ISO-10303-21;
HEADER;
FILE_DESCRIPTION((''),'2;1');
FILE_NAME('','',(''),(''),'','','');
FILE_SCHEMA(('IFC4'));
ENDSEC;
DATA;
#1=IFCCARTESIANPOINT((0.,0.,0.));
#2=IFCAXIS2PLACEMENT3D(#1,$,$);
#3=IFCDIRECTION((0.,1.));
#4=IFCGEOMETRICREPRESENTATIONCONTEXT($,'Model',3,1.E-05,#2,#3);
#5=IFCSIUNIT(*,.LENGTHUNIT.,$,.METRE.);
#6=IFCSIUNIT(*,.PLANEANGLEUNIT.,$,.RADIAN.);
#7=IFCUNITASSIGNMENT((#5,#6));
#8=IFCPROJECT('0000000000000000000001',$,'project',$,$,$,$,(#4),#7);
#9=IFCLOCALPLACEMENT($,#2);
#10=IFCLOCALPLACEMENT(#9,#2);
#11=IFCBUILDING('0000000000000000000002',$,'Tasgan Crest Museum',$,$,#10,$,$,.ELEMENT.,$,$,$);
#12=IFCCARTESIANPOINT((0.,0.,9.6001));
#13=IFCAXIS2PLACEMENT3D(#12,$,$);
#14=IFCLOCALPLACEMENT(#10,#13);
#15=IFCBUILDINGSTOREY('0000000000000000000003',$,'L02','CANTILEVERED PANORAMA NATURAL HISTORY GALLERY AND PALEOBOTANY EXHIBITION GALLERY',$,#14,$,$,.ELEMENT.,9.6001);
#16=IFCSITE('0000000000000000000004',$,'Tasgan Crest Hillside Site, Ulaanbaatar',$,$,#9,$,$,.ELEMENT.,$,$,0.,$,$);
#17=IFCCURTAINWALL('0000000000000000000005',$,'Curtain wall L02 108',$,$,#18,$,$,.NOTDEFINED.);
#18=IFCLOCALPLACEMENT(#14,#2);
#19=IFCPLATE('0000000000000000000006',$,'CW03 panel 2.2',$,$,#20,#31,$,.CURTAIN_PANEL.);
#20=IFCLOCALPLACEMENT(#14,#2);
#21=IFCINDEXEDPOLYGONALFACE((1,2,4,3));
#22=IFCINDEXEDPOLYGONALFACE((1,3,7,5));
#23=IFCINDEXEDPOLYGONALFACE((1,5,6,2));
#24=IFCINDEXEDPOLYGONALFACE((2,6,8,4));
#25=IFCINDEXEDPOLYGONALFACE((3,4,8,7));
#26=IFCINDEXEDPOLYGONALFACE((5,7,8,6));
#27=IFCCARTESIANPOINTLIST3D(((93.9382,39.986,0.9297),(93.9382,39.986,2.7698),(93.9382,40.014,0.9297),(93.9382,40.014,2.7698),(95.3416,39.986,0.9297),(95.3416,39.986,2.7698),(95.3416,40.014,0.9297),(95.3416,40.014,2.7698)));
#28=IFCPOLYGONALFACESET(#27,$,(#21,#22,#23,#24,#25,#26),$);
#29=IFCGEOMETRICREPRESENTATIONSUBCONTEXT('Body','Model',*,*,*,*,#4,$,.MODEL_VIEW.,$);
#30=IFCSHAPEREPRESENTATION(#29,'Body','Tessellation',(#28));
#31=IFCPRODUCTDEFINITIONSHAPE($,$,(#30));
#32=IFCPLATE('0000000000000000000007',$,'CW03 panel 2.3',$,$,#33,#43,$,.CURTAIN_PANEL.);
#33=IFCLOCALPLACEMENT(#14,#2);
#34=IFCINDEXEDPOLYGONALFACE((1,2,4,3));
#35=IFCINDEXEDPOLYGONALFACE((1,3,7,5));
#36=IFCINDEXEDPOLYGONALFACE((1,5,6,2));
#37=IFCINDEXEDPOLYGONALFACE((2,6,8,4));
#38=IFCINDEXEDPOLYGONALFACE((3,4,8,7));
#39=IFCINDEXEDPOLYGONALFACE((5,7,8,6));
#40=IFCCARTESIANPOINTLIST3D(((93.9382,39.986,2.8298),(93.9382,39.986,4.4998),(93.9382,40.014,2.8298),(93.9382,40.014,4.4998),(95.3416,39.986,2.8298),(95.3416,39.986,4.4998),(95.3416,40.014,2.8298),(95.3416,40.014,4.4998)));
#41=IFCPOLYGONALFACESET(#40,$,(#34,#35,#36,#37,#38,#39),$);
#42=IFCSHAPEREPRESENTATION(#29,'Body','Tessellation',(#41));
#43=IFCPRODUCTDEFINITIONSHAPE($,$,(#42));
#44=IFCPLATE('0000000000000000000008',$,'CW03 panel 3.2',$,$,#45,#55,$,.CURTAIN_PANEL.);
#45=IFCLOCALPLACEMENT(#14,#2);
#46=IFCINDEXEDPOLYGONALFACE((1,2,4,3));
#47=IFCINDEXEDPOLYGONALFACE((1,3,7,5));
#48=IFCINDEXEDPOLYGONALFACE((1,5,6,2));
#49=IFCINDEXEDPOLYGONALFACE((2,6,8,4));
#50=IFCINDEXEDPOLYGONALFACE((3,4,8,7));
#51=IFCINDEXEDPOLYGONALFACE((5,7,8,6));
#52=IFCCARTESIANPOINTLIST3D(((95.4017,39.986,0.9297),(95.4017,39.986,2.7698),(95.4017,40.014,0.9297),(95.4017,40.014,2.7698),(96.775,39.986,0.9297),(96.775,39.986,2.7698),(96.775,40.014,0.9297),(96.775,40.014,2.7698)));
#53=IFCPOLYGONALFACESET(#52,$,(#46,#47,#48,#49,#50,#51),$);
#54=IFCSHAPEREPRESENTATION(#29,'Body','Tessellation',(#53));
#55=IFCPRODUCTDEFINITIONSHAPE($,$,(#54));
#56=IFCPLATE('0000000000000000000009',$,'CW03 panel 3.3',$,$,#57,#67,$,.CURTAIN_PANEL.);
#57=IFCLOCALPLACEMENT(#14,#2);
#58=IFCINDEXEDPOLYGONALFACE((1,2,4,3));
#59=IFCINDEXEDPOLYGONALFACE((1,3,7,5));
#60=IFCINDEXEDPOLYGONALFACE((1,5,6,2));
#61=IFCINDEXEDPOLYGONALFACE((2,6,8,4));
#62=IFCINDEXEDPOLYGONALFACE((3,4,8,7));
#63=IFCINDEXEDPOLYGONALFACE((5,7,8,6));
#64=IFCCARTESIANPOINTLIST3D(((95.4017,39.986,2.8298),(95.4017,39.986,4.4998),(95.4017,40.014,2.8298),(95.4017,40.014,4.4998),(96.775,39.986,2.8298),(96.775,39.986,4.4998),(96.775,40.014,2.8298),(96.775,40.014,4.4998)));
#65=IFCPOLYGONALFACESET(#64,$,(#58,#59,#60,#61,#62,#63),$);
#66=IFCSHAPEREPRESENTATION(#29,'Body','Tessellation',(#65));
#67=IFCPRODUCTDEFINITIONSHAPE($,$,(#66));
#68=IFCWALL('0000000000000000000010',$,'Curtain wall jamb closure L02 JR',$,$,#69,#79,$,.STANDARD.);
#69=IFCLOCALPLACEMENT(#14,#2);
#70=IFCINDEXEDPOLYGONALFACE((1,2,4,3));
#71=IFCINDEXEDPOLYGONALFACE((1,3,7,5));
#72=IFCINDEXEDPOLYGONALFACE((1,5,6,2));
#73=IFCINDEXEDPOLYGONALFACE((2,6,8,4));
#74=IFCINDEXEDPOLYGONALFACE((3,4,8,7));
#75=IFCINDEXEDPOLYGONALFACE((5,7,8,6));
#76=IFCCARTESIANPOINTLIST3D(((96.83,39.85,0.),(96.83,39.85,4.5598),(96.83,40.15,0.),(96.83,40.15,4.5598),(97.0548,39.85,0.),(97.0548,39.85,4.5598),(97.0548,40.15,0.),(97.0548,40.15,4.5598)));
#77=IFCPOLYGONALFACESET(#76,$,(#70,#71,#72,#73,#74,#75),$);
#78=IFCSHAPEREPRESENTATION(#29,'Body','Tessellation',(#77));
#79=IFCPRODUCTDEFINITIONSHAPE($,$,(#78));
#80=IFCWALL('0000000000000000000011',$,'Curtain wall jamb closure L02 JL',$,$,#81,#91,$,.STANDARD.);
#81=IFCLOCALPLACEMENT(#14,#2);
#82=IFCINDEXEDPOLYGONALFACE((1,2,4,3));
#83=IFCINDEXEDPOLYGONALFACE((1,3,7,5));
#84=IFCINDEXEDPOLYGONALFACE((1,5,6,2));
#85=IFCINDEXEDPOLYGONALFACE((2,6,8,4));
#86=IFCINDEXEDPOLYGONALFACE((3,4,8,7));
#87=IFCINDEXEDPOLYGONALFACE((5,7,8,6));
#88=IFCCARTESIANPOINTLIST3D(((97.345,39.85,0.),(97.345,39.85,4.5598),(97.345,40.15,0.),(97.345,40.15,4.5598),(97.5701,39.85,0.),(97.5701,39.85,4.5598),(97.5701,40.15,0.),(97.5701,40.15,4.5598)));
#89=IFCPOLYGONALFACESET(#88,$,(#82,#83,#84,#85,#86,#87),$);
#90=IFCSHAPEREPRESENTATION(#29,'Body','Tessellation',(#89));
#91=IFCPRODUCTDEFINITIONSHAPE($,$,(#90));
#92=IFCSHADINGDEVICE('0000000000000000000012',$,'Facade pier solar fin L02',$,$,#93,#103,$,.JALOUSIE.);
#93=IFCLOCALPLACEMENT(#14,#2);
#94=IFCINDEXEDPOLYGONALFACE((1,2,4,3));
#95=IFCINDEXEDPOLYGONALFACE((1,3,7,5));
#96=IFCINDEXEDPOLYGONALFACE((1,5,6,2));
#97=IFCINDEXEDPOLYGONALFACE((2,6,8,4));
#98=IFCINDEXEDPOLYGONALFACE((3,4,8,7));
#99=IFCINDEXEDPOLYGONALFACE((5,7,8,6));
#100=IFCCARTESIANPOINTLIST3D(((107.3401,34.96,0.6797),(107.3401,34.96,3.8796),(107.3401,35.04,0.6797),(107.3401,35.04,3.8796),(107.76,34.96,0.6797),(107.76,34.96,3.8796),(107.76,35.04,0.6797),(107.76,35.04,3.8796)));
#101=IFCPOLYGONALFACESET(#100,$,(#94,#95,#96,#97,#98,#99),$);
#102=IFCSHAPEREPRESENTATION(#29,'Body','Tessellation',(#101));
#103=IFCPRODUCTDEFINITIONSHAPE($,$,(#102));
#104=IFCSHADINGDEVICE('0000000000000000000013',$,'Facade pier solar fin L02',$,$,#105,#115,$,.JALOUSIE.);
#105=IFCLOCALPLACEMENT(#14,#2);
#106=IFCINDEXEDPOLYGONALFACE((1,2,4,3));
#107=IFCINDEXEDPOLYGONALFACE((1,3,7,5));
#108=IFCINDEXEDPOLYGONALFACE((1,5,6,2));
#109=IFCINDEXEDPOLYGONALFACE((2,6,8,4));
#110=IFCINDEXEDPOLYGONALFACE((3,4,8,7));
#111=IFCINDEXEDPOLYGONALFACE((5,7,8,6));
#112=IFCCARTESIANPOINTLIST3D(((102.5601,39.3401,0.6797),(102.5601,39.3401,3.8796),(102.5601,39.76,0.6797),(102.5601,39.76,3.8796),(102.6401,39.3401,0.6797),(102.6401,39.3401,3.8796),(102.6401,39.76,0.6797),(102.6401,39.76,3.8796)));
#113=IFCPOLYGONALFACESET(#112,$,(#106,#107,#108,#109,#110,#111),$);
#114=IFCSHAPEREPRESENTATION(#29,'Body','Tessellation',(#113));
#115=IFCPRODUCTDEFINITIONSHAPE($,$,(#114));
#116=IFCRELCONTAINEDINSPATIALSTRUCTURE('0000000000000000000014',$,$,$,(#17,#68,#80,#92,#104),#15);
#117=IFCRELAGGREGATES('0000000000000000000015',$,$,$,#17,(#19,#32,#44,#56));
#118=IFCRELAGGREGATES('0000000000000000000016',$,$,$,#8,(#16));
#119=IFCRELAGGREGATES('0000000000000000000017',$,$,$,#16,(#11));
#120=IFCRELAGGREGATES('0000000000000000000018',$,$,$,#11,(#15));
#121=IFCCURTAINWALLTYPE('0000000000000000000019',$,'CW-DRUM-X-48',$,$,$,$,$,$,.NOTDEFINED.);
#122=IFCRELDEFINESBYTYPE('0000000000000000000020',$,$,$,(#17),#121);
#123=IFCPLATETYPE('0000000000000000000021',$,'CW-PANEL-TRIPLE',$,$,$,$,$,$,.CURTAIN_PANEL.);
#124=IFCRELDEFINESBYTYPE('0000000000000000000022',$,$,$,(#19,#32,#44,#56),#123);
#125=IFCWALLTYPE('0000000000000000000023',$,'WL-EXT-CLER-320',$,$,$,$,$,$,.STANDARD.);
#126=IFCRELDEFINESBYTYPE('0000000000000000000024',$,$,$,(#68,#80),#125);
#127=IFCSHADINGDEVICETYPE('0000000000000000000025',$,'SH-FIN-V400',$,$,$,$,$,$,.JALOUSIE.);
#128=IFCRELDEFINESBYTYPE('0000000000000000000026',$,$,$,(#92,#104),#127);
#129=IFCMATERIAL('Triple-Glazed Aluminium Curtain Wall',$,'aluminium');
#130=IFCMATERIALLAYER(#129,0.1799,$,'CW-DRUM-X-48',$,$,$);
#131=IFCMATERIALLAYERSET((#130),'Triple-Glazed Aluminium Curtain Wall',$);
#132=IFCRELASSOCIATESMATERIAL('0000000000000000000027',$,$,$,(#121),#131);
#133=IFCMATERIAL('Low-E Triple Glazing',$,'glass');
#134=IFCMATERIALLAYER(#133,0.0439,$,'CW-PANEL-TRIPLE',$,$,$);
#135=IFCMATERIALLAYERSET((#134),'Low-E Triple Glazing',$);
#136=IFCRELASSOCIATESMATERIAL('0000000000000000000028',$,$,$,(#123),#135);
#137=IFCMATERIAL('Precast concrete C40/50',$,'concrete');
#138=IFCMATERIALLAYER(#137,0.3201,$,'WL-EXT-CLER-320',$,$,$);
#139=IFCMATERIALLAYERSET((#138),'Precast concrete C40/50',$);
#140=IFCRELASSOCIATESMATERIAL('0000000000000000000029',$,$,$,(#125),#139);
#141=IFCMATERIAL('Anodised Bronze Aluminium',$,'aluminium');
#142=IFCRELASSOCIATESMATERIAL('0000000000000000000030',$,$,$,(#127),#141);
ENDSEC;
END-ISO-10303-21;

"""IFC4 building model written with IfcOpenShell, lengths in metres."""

from ifc_helpers import new_model, si_unit, direction, frame, frame_2d, origin, origin_2d, place, context, subcontext, project, spatial, rectangle, extrude, material, layer, layer_set, type_object, element, aggregate, save


model = new_model("IFC4")

# Units and contexts
model_context = context("Model", 3, precision=1e-05, world=origin(), true_north=direction((0.0, 1.0)))
body_context = subcontext(model_context, "Body", "Model", "MODEL_VIEW")
ifc_project = project(units=[si_unit("LENGTHUNIT", "METRE"), si_unit("PLANEANGLEUNIT", "RADIAN")], contexts=[model_context])

# Site, building, storey
site_placement = place(None, origin())
site = spatial("IfcSite", under=ifc_project, at=site_placement, Name="Tasgan Crest Hillside Site, Ulaanbaatar", CompositionType="ELEMENT", RefElevation=0.0)
building_placement = place(site_placement, origin())
building = spatial("IfcBuilding", under=site, at=building_placement, Name="Tasgan Crest Museum", CompositionType="ELEMENT")
storey_placement = place(building_placement, frame((0.0, 0.0, 9.6001)))
storey = spatial("IfcBuildingStorey", under=building, at=storey_placement, Name="L02", Description="CANTILEVERED PANORAMA NATURAL HISTORY GALLERY AND PALEOBOTANY EXHIBITION GALLERY", CompositionType="ELEMENT", Elevation=9.6001)

# Curtain wall
ifc_material_1 = material(Name="Triple-Glazed Aluminium Curtain Wall", Category="aluminium")
ifc_layer_1 = layer(ifc_material_1, 0.1799, Name="CW-DRUM-X-48")
ifc_layer_set_1 = layer_set([ifc_layer_1], Name="Triple-Glazed Aluminium Curtain Wall")
curtain_wall_type_1 = type_object("IfcCurtainWallType", Name="CW-DRUM-X-48", PredefinedType="NOTDEFINED", material=ifc_layer_set_1)
curtain_wall_1_placement = place(storey_placement, origin())
curtain_wall_1 = element("IfcCurtainWall", 1, at=curtain_wall_1_placement, inside=storey, type_object=curtain_wall_type_1, Name="Curtain wall L02 108", PredefinedType="NOTDEFINED")

# Plates
ifc_material_2 = material(Name="Low-E Triple Glazing", Category="glass")
ifc_layer_2 = layer(ifc_material_2, 0.0439, Name="CW-PANEL-TRIPLE")
ifc_layer_set_2 = layer_set([ifc_layer_2], Name="Low-E Triple Glazing")
plate_type_1 = type_object("IfcPlateType", Name="CW-PANEL-TRIPLE", PredefinedType="CURTAIN_PANEL", material=ifc_layer_set_2)
plate_1_placement = place(storey_placement, frame((94.6399, 40.0, 0.9297), z_axis=(0.0, 0.0, 1.0), x_axis=(1.0, 0.0, 0.0)))
plate_1 = element("IfcPlate", 2, at=plate_1_placement, type_object=plate_type_1, Name="CW03 panel 2.2", PredefinedType="CURTAIN_PANEL", context=body_context, shape_type="SweptSolid", body=[
    extrude(rectangle(XDim=1.4033, YDim=0.0281, at=origin_2d()), origin(), (0.0, 0.0, 1.0), 1.8401),
])
plate_2_placement = place(storey_placement, frame((94.6399, 40.0, 2.8298), z_axis=(0.0, 0.0, 1.0), x_axis=(1.0, 0.0, 0.0)))
plate_2 = element("IfcPlate", 3, at=plate_2_placement, type_object=plate_type_1, Name="CW03 panel 2.3", PredefinedType="CURTAIN_PANEL", context=body_context, shape_type="SweptSolid", body=[
    extrude(rectangle(XDim=1.4033, YDim=0.0281, at=origin_2d()), origin(), (0.0, 0.0, 1.0), 1.6699),
])
plate_3_placement = place(storey_placement, frame((96.0884, 40.0, 0.9297), z_axis=(0.0, 0.0, 1.0), x_axis=(1.0, 0.0, 0.0)))
plate_3 = element("IfcPlate", 4, at=plate_3_placement, type_object=plate_type_1, Name="CW03 panel 3.2", PredefinedType="CURTAIN_PANEL", context=body_context, shape_type="SweptSolid", body=[
    extrude(rectangle(XDim=1.3733, YDim=0.0281, at=origin_2d()), origin(), (0.0, 0.0, 1.0), 1.8401),
])
plate_4_placement = place(storey_placement, frame((96.0884, 40.0, 2.8298), z_axis=(0.0, 0.0, 1.0), x_axis=(1.0, 0.0, 0.0)))
plate_4 = element("IfcPlate", 5, at=plate_4_placement, type_object=plate_type_1, Name="CW03 panel 3.3", PredefinedType="CURTAIN_PANEL", context=body_context, shape_type="SweptSolid", body=[
    extrude(rectangle(XDim=1.3733, YDim=0.0281, at=origin_2d()), origin(), (0.0, 0.0, 1.0), 1.6699),
])
aggregate(curtain_wall_1, [plate_1, plate_2, plate_3, plate_4])

# Walls
ifc_material_3 = material(Name="Precast concrete C40/50", Category="concrete")
ifc_layer_3 = layer(ifc_material_3, 0.3201, Name="WL-EXT-CLER-320")
ifc_layer_set_3 = layer_set([ifc_layer_3], Name="Precast concrete C40/50")
wall_type = type_object("IfcWallType", Name="WL-EXT-CLER-320", PredefinedType="STANDARD", material=ifc_layer_set_3)
wall_1_placement = place(storey_placement, frame((96.8301, 40.0, 0.0), z_axis=(0.0, 0.0, 1.0), x_axis=(1.0, 0.0, 0.0)))
element("IfcWall", 6, at=wall_1_placement, inside=storey, type_object=wall_type, Name="Curtain wall jamb closure L02 JR", PredefinedType="STANDARD", context=body_context, shape_type="SweptSolid", body=[
    extrude(rectangle(XDim=0.2249, YDim=0.3, at=frame_2d((0.1123, 0.0))), origin(), (0.0, 0.0, 1.0), 4.5598),
])
wall_2_placement = place(storey_placement, frame((97.345, 40.0, 0.0), z_axis=(0.0, 0.0, 1.0), x_axis=(1.0, 0.0, 0.0)))
element("IfcWall", 7, at=wall_2_placement, inside=storey, type_object=wall_type, Name="Curtain wall jamb closure L02 JL", PredefinedType="STANDARD", context=body_context, shape_type="SweptSolid", body=[
    extrude(rectangle(XDim=0.2251, YDim=0.3, at=frame_2d((0.1125, 0.0))), origin(), (0.0, 0.0, 1.0), 4.5598),
])

# Shading devices
ifc_material_4 = material(Name="Anodised Bronze Aluminium", Category="aluminium")
shading_device_type = type_object("IfcShadingDeviceType", Name="SH-FIN-V400", PredefinedType="JALOUSIE", material=ifc_material_4)
for number, where, z_axis, x_axis, name in (
    (8, (107.55, 35.0, 0.6797), (0.0, 0.0, 1.0), (0.0, -1.0, 0.0), "Facade pier solar fin L02"),
    (9, (102.6001, 39.55, 0.6797), (0.0, 0.0, 1.0), (1.0, 0.0, 0.0), "Facade pier solar fin L02"),
):
    element("IfcShadingDevice", number, at=place(storey_placement, frame(where, z_axis=z_axis, x_axis=x_axis)), inside=storey, type_object=shading_device_type, Name=name, PredefinedType="JALOUSIE", context=body_context, shape_type="SweptSolid", body=[
        extrude(rectangle(XDim=0.0801, YDim=0.4199, at=origin_2d()), origin(), (0.0, 0.0, 1.0), 3.2),
    ])

save(model, "model.ifc")
